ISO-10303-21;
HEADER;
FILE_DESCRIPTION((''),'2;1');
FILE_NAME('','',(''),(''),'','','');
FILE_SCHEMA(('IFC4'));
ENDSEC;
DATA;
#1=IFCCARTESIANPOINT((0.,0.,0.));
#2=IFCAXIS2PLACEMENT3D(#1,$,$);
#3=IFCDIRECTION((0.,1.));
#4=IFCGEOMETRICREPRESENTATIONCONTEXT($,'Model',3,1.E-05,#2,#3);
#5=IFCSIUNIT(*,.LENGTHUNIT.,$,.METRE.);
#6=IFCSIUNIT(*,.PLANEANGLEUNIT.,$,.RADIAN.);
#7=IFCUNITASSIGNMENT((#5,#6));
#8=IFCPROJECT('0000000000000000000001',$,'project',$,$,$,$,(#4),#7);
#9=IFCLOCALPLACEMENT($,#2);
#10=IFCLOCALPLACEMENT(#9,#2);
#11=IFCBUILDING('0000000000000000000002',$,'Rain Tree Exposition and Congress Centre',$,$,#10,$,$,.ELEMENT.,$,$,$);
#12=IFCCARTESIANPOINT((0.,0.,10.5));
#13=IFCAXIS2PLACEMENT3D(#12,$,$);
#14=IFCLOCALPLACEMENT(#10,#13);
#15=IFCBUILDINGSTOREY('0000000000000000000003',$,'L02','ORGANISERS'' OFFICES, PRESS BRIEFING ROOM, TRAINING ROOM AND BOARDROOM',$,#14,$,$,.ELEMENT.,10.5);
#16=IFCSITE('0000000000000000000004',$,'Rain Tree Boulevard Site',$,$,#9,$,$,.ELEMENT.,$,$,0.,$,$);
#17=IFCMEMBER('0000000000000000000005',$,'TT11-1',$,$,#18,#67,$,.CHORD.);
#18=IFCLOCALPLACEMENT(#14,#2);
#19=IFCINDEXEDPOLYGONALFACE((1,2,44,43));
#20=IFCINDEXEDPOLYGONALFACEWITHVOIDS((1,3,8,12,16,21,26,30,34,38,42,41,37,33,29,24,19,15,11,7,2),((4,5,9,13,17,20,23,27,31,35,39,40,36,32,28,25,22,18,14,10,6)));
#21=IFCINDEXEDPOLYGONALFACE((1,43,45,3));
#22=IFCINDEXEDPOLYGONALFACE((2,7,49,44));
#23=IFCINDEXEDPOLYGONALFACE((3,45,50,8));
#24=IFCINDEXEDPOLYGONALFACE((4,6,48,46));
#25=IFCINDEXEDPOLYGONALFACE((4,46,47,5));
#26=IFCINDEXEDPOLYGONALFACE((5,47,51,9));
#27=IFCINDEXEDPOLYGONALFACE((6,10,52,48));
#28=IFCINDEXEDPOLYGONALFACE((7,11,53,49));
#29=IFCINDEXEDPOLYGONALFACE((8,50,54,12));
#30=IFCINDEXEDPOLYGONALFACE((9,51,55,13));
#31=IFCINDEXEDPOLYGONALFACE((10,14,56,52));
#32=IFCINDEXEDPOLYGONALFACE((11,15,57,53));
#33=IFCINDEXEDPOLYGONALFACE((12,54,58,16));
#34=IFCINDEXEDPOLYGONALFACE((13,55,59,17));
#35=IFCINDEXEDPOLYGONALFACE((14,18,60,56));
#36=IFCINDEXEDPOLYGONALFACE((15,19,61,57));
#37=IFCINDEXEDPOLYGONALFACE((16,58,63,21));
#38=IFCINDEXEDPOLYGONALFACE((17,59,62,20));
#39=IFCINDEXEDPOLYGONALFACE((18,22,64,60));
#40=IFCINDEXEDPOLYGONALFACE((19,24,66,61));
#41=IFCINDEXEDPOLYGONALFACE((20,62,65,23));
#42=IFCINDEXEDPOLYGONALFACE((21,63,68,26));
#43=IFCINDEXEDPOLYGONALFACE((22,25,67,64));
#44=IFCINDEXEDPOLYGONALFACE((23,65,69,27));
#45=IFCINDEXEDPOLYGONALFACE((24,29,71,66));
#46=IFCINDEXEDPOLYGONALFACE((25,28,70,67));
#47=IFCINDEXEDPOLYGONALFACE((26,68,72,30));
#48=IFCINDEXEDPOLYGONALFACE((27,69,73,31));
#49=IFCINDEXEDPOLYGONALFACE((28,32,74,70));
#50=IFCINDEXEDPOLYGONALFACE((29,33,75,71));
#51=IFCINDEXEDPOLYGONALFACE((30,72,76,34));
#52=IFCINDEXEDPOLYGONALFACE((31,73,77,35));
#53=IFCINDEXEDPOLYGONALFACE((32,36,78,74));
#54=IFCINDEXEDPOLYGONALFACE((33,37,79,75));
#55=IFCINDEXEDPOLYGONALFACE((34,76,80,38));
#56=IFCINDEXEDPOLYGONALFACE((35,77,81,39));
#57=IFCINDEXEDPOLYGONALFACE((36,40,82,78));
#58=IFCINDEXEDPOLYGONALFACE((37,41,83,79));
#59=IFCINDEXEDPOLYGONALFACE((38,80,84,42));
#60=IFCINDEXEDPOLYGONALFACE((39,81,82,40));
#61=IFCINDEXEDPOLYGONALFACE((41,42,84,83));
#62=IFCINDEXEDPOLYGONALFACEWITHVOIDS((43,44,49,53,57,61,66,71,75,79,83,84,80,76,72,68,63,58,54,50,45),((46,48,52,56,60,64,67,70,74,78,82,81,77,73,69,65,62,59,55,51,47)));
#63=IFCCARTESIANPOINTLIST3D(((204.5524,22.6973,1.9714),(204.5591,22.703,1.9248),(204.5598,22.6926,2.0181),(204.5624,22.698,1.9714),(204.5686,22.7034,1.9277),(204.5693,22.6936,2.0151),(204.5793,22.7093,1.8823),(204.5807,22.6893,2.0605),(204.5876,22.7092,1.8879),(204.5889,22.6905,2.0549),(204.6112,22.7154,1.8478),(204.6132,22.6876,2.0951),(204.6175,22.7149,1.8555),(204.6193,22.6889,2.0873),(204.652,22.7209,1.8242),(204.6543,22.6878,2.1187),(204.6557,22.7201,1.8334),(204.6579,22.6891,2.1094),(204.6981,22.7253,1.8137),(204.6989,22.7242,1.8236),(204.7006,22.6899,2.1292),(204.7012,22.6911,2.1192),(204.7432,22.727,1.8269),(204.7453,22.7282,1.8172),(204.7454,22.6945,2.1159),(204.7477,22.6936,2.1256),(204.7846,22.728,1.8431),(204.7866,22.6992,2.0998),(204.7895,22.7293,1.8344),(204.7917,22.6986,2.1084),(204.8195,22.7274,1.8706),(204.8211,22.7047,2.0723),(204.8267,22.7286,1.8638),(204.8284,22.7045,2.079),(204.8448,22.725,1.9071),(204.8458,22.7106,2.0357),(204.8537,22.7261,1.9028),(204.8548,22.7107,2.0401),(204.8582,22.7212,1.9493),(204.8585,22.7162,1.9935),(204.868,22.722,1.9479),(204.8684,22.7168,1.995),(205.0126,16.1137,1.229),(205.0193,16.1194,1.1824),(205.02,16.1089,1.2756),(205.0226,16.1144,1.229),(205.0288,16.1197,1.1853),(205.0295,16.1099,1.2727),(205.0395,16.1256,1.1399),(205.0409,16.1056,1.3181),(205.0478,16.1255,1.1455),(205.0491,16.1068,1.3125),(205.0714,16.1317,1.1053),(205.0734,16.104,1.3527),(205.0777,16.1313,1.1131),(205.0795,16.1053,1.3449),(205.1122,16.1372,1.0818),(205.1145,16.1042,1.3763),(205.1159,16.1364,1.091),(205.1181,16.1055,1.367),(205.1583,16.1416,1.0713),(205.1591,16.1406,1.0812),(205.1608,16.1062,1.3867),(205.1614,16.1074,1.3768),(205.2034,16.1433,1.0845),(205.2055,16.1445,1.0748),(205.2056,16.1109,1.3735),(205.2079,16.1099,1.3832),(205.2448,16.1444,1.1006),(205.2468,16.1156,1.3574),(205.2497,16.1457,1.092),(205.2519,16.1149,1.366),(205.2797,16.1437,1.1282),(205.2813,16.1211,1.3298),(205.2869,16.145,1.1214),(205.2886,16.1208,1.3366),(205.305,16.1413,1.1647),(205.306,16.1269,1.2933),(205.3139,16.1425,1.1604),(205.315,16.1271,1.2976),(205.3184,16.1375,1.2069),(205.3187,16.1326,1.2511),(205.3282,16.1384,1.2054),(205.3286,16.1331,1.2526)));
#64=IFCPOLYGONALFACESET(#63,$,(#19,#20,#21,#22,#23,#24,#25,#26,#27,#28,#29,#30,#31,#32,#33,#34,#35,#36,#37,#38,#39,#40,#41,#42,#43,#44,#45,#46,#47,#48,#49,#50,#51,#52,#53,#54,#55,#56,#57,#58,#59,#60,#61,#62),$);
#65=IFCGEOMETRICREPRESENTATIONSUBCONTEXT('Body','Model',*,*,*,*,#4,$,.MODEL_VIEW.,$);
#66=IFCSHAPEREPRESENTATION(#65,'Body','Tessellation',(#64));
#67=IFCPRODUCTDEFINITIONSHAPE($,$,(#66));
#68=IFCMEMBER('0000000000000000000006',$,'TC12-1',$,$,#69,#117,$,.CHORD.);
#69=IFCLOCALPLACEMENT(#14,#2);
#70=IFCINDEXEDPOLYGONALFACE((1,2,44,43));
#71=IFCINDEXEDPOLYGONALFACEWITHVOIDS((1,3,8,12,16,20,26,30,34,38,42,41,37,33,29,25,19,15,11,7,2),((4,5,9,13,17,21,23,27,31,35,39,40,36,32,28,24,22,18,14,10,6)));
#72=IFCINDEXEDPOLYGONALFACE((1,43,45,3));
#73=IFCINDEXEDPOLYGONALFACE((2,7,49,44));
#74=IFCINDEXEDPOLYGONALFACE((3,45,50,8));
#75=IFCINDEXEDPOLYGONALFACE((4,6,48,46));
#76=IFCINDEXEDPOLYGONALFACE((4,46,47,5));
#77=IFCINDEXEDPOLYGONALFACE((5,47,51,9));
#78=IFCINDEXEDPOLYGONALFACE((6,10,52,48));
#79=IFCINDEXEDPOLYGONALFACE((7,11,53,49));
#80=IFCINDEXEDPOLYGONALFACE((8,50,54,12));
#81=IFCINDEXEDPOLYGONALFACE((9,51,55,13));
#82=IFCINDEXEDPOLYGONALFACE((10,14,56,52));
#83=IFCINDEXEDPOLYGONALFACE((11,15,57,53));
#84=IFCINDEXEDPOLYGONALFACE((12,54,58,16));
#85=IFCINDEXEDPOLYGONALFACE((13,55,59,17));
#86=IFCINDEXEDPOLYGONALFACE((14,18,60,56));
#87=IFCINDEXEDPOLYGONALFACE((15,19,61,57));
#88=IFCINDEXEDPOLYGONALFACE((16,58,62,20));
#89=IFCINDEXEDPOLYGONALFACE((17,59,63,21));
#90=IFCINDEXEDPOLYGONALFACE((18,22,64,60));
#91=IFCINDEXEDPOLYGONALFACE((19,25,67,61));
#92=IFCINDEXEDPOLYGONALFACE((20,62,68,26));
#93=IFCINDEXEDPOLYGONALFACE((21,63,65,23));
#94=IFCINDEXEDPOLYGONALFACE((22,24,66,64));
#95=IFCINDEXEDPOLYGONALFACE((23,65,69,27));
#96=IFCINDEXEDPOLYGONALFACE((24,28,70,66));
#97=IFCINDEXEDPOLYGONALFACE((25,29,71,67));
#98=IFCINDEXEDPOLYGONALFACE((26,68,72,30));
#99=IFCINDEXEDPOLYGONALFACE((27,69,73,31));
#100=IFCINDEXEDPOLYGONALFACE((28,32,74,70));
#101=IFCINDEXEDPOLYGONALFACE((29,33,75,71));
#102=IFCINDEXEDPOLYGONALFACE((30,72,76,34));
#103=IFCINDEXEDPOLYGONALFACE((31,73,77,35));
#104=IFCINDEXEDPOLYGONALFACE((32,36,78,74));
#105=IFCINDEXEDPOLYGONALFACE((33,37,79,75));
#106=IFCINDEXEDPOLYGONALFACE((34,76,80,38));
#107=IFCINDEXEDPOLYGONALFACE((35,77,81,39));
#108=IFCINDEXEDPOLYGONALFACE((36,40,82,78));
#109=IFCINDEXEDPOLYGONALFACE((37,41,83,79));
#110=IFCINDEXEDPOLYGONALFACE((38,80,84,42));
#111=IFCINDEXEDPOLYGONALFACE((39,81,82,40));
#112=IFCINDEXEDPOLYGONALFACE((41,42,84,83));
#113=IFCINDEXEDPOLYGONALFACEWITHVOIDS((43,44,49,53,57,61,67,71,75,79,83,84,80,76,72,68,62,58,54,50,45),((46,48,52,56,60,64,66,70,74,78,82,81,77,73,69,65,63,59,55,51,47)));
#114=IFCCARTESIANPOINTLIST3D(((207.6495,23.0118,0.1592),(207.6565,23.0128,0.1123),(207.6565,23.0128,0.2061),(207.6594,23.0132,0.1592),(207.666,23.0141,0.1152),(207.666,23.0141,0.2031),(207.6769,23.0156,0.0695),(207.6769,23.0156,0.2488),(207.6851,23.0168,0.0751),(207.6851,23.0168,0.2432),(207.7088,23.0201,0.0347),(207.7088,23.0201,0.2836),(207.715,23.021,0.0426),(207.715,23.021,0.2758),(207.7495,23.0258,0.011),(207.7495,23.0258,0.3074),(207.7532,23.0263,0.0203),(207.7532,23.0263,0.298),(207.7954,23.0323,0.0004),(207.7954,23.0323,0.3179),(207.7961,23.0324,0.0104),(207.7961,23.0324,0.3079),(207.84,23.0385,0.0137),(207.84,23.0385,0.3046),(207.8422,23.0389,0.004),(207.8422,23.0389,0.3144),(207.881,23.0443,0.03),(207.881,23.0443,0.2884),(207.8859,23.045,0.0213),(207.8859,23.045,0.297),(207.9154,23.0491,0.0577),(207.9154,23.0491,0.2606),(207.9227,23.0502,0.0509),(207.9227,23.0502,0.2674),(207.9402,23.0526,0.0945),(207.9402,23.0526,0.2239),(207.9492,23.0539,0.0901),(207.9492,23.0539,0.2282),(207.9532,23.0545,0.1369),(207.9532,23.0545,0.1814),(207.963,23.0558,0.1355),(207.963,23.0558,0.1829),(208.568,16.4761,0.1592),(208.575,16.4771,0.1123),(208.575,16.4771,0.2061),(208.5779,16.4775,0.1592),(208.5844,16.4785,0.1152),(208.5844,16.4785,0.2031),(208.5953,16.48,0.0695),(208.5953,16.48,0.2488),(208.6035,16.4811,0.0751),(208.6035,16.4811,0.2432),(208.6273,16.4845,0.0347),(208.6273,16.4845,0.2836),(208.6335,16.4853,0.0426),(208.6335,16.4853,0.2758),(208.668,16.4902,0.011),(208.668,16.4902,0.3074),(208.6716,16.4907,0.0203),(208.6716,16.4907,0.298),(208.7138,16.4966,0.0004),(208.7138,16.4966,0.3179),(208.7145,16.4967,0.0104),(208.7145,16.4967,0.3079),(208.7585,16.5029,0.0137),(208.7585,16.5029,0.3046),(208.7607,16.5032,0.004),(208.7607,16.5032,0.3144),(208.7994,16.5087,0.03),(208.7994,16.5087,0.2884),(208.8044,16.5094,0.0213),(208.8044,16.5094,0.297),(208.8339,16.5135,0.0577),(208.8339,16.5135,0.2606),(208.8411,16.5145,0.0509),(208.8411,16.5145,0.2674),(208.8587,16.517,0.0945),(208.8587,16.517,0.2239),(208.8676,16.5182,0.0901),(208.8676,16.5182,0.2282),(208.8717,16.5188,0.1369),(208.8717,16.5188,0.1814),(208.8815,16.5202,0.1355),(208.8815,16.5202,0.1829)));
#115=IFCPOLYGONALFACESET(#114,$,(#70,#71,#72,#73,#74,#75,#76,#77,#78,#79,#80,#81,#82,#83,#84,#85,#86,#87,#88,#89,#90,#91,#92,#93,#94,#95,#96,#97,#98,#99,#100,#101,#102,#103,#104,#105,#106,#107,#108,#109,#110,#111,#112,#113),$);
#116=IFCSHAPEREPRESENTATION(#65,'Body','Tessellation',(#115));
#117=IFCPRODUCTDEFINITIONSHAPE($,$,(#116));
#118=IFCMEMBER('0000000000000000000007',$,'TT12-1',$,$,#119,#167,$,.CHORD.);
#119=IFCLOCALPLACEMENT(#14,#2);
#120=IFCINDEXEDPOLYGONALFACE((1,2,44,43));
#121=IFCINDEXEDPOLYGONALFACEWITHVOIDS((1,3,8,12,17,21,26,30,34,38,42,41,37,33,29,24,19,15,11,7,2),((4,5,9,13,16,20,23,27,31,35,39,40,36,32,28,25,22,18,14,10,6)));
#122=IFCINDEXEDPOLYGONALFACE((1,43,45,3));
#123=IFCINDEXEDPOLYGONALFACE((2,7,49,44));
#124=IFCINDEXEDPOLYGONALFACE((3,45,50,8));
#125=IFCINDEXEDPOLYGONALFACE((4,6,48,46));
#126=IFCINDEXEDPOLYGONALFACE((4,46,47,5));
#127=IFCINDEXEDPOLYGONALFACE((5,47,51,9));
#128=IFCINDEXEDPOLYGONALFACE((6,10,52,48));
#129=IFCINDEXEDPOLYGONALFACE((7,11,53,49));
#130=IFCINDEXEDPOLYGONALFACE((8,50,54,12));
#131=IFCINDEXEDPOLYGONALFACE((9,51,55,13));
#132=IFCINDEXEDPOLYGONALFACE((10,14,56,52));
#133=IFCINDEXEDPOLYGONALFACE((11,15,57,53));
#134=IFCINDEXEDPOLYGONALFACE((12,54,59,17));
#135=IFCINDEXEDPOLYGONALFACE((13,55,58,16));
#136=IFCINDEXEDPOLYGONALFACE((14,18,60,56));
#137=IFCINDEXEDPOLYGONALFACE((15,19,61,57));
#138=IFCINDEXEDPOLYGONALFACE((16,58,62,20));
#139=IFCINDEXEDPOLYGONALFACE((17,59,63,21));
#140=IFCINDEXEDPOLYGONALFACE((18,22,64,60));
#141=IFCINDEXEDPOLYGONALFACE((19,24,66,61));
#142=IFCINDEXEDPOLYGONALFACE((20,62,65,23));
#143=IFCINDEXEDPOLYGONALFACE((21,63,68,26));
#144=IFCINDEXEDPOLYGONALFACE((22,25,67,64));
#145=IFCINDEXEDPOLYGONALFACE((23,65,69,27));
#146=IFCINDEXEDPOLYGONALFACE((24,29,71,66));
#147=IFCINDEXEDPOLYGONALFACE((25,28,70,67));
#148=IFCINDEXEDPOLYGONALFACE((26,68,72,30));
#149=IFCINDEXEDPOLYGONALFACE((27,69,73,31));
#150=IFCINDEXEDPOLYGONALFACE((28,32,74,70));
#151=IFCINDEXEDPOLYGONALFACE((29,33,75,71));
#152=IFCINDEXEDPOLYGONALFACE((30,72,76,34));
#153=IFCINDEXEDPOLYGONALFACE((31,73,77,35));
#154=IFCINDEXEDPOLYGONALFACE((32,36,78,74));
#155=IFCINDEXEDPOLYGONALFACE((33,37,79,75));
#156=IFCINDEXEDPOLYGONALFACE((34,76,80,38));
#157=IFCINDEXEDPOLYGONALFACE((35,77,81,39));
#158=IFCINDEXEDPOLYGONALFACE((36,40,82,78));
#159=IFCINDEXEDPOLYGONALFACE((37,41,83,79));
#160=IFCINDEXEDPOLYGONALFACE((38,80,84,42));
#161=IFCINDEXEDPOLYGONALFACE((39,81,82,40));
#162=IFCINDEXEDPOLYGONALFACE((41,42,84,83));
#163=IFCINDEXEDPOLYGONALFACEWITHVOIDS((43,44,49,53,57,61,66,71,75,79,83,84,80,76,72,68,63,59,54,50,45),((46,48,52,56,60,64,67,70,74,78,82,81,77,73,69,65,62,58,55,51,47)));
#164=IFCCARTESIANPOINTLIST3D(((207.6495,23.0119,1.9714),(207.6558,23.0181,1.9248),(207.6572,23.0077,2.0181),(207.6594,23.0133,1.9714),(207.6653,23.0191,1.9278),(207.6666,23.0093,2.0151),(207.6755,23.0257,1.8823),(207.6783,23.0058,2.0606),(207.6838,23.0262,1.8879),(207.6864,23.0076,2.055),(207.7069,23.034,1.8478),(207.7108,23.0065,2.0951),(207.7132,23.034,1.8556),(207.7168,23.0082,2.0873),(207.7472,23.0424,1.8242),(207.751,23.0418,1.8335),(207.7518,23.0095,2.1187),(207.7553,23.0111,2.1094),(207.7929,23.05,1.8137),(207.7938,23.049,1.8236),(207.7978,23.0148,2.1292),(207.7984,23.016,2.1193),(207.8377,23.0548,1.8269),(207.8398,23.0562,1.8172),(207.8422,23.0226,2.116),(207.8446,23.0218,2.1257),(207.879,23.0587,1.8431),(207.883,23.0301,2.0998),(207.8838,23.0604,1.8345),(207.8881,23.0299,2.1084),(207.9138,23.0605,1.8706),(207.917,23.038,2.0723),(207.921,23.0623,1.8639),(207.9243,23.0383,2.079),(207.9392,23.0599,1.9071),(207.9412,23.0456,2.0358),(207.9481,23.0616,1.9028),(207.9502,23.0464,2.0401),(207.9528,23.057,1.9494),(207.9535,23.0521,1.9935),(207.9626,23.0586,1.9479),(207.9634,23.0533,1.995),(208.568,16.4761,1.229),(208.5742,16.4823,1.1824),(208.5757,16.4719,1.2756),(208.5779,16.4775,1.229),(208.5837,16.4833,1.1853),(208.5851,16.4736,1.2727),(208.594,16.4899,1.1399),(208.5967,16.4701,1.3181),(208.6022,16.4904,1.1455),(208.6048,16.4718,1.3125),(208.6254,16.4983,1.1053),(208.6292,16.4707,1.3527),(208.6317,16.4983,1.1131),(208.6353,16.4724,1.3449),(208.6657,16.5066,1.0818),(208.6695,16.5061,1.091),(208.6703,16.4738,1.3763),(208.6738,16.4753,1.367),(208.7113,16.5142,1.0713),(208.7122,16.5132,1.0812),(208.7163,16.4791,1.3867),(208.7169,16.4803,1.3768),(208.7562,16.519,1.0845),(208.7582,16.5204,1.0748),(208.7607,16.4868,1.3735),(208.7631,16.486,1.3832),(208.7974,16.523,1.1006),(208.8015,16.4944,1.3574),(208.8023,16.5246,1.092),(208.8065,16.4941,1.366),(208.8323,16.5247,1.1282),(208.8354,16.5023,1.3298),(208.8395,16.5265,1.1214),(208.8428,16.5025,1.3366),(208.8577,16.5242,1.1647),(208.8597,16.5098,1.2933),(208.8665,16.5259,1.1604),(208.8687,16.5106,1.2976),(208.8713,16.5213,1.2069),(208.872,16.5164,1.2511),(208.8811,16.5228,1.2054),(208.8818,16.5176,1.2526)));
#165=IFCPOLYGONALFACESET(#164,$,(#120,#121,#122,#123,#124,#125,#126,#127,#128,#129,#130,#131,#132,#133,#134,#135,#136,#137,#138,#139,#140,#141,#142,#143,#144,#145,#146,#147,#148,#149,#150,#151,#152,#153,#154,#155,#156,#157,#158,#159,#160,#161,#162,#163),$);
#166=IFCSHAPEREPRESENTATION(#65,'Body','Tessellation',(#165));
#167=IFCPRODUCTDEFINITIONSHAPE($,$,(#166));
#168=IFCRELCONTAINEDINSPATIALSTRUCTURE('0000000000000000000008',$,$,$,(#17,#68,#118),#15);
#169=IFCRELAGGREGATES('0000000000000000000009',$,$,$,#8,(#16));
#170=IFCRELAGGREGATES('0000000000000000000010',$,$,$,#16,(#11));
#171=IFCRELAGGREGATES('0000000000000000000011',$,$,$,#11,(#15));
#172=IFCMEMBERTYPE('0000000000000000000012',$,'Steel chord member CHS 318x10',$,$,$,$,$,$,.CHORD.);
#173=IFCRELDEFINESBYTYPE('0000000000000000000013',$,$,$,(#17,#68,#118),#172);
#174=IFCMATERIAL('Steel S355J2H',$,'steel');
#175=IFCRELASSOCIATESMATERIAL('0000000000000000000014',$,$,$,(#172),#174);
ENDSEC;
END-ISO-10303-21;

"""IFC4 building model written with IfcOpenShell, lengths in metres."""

from ifc_helpers import new_model, si_unit, direction, frame, origin, origin_2d, place, context, subcontext, project, spatial, hollow_circle, extrude, material, material_profile, profile_set, type_object, element, save


model = new_model("IFC4")

# Units and contexts
model_context = context("Model", 3, precision=1e-05, world=origin(), true_north=direction((0.0, 1.0)))
body_context = subcontext(model_context, "Body", "Model", "MODEL_VIEW")
ifc_project = project(units=[si_unit("LENGTHUNIT", "METRE"), si_unit("PLANEANGLEUNIT", "RADIAN")], contexts=[model_context])

# Site, building, storey
site_placement = place(None, origin())
site = spatial("IfcSite", under=ifc_project, at=site_placement, Name="Rain Tree Boulevard Site", CompositionType="ELEMENT", RefElevation=0.0)
building_placement = place(site_placement, origin())
building = spatial("IfcBuilding", under=site, at=building_placement, Name="Rain Tree Exposition and Congress Centre", CompositionType="ELEMENT")
storey_placement = place(building_placement, frame((0.0, 0.0, 10.5)))
storey = spatial("IfcBuildingStorey", under=building, at=storey_placement, Name="L02", Description="ORGANISERS' OFFICES, PRESS BRIEFING ROOM, TRAINING ROOM AND BOARDROOM", CompositionType="ELEMENT", Elevation=10.5)

# Members
ifc_material_1 = material(Name="Steel S355J2H", Category="steel")
ifc_material_profile_1 = material_profile(ifc_material_1, hollow_circle(Radius=0.1592, WallThickness=0.01, at=origin_2d()), Name="CHS 318x10")
ifc_profile_set_1 = profile_set([ifc_material_profile_1], Name="Steel S355J2H")
member_type_1 = type_object("IfcMemberType", Name="Steel chord member CHS 318x10", PredefinedType="CHORD", material=ifc_profile_set_1)
member_1_placement = place(storey_placement, frame((205.1714, 16.1248, 1.229), z_axis=(-0.069293, 0.991313, 0.111788), x_axis=(-0.997566, -0.06973, 0.0)))
element("IfcMember", 1, at=member_1_placement, inside=storey, type_object=member_type_1, Name="TT11-1", PredefinedType="CHORD", context=body_context, shape_type="SweptSolid", body=[
    extrude(hollow_circle(Radius=0.1592, WallThickness=0.01, at=origin_2d()), origin(), (0.0, 0.0, 1.0), 6.6414),
])
member_2_placement = place(storey_placement, frame((208.7256, 16.4983, 0.1592), z_axis=(-0.139163, 0.990269, 0.0), x_axis=(-0.990269, -0.139163, 0.0)))
element("IfcMember", 2, at=member_2_placement, inside=storey, type_object=member_type_1, Name="TC12-1", PredefinedType="CHORD", context=body_context, shape_type="SweptSolid", body=[
    extrude(hollow_circle(Radius=0.1592, WallThickness=0.01, at=origin_2d()), origin(), (0.0, 0.0, 1.0), 6.5999),
])
member_3_placement = place(storey_placement, frame((208.7256, 16.4983, 1.229), z_axis=(-0.138291, 0.984063, 0.111787), x_axis=(-0.990269, -0.139163, 0.0)))
element("IfcMember", 3, at=member_3_placement, inside=storey, type_object=member_type_1, Name="TT12-1", PredefinedType="CHORD", context=body_context, shape_type="SweptSolid", body=[
    extrude(hollow_circle(Radius=0.1592, WallThickness=0.01, at=origin_2d()), origin(), (0.0, 0.0, 1.0), 6.6416),
])

save(model, "model.ifc")
